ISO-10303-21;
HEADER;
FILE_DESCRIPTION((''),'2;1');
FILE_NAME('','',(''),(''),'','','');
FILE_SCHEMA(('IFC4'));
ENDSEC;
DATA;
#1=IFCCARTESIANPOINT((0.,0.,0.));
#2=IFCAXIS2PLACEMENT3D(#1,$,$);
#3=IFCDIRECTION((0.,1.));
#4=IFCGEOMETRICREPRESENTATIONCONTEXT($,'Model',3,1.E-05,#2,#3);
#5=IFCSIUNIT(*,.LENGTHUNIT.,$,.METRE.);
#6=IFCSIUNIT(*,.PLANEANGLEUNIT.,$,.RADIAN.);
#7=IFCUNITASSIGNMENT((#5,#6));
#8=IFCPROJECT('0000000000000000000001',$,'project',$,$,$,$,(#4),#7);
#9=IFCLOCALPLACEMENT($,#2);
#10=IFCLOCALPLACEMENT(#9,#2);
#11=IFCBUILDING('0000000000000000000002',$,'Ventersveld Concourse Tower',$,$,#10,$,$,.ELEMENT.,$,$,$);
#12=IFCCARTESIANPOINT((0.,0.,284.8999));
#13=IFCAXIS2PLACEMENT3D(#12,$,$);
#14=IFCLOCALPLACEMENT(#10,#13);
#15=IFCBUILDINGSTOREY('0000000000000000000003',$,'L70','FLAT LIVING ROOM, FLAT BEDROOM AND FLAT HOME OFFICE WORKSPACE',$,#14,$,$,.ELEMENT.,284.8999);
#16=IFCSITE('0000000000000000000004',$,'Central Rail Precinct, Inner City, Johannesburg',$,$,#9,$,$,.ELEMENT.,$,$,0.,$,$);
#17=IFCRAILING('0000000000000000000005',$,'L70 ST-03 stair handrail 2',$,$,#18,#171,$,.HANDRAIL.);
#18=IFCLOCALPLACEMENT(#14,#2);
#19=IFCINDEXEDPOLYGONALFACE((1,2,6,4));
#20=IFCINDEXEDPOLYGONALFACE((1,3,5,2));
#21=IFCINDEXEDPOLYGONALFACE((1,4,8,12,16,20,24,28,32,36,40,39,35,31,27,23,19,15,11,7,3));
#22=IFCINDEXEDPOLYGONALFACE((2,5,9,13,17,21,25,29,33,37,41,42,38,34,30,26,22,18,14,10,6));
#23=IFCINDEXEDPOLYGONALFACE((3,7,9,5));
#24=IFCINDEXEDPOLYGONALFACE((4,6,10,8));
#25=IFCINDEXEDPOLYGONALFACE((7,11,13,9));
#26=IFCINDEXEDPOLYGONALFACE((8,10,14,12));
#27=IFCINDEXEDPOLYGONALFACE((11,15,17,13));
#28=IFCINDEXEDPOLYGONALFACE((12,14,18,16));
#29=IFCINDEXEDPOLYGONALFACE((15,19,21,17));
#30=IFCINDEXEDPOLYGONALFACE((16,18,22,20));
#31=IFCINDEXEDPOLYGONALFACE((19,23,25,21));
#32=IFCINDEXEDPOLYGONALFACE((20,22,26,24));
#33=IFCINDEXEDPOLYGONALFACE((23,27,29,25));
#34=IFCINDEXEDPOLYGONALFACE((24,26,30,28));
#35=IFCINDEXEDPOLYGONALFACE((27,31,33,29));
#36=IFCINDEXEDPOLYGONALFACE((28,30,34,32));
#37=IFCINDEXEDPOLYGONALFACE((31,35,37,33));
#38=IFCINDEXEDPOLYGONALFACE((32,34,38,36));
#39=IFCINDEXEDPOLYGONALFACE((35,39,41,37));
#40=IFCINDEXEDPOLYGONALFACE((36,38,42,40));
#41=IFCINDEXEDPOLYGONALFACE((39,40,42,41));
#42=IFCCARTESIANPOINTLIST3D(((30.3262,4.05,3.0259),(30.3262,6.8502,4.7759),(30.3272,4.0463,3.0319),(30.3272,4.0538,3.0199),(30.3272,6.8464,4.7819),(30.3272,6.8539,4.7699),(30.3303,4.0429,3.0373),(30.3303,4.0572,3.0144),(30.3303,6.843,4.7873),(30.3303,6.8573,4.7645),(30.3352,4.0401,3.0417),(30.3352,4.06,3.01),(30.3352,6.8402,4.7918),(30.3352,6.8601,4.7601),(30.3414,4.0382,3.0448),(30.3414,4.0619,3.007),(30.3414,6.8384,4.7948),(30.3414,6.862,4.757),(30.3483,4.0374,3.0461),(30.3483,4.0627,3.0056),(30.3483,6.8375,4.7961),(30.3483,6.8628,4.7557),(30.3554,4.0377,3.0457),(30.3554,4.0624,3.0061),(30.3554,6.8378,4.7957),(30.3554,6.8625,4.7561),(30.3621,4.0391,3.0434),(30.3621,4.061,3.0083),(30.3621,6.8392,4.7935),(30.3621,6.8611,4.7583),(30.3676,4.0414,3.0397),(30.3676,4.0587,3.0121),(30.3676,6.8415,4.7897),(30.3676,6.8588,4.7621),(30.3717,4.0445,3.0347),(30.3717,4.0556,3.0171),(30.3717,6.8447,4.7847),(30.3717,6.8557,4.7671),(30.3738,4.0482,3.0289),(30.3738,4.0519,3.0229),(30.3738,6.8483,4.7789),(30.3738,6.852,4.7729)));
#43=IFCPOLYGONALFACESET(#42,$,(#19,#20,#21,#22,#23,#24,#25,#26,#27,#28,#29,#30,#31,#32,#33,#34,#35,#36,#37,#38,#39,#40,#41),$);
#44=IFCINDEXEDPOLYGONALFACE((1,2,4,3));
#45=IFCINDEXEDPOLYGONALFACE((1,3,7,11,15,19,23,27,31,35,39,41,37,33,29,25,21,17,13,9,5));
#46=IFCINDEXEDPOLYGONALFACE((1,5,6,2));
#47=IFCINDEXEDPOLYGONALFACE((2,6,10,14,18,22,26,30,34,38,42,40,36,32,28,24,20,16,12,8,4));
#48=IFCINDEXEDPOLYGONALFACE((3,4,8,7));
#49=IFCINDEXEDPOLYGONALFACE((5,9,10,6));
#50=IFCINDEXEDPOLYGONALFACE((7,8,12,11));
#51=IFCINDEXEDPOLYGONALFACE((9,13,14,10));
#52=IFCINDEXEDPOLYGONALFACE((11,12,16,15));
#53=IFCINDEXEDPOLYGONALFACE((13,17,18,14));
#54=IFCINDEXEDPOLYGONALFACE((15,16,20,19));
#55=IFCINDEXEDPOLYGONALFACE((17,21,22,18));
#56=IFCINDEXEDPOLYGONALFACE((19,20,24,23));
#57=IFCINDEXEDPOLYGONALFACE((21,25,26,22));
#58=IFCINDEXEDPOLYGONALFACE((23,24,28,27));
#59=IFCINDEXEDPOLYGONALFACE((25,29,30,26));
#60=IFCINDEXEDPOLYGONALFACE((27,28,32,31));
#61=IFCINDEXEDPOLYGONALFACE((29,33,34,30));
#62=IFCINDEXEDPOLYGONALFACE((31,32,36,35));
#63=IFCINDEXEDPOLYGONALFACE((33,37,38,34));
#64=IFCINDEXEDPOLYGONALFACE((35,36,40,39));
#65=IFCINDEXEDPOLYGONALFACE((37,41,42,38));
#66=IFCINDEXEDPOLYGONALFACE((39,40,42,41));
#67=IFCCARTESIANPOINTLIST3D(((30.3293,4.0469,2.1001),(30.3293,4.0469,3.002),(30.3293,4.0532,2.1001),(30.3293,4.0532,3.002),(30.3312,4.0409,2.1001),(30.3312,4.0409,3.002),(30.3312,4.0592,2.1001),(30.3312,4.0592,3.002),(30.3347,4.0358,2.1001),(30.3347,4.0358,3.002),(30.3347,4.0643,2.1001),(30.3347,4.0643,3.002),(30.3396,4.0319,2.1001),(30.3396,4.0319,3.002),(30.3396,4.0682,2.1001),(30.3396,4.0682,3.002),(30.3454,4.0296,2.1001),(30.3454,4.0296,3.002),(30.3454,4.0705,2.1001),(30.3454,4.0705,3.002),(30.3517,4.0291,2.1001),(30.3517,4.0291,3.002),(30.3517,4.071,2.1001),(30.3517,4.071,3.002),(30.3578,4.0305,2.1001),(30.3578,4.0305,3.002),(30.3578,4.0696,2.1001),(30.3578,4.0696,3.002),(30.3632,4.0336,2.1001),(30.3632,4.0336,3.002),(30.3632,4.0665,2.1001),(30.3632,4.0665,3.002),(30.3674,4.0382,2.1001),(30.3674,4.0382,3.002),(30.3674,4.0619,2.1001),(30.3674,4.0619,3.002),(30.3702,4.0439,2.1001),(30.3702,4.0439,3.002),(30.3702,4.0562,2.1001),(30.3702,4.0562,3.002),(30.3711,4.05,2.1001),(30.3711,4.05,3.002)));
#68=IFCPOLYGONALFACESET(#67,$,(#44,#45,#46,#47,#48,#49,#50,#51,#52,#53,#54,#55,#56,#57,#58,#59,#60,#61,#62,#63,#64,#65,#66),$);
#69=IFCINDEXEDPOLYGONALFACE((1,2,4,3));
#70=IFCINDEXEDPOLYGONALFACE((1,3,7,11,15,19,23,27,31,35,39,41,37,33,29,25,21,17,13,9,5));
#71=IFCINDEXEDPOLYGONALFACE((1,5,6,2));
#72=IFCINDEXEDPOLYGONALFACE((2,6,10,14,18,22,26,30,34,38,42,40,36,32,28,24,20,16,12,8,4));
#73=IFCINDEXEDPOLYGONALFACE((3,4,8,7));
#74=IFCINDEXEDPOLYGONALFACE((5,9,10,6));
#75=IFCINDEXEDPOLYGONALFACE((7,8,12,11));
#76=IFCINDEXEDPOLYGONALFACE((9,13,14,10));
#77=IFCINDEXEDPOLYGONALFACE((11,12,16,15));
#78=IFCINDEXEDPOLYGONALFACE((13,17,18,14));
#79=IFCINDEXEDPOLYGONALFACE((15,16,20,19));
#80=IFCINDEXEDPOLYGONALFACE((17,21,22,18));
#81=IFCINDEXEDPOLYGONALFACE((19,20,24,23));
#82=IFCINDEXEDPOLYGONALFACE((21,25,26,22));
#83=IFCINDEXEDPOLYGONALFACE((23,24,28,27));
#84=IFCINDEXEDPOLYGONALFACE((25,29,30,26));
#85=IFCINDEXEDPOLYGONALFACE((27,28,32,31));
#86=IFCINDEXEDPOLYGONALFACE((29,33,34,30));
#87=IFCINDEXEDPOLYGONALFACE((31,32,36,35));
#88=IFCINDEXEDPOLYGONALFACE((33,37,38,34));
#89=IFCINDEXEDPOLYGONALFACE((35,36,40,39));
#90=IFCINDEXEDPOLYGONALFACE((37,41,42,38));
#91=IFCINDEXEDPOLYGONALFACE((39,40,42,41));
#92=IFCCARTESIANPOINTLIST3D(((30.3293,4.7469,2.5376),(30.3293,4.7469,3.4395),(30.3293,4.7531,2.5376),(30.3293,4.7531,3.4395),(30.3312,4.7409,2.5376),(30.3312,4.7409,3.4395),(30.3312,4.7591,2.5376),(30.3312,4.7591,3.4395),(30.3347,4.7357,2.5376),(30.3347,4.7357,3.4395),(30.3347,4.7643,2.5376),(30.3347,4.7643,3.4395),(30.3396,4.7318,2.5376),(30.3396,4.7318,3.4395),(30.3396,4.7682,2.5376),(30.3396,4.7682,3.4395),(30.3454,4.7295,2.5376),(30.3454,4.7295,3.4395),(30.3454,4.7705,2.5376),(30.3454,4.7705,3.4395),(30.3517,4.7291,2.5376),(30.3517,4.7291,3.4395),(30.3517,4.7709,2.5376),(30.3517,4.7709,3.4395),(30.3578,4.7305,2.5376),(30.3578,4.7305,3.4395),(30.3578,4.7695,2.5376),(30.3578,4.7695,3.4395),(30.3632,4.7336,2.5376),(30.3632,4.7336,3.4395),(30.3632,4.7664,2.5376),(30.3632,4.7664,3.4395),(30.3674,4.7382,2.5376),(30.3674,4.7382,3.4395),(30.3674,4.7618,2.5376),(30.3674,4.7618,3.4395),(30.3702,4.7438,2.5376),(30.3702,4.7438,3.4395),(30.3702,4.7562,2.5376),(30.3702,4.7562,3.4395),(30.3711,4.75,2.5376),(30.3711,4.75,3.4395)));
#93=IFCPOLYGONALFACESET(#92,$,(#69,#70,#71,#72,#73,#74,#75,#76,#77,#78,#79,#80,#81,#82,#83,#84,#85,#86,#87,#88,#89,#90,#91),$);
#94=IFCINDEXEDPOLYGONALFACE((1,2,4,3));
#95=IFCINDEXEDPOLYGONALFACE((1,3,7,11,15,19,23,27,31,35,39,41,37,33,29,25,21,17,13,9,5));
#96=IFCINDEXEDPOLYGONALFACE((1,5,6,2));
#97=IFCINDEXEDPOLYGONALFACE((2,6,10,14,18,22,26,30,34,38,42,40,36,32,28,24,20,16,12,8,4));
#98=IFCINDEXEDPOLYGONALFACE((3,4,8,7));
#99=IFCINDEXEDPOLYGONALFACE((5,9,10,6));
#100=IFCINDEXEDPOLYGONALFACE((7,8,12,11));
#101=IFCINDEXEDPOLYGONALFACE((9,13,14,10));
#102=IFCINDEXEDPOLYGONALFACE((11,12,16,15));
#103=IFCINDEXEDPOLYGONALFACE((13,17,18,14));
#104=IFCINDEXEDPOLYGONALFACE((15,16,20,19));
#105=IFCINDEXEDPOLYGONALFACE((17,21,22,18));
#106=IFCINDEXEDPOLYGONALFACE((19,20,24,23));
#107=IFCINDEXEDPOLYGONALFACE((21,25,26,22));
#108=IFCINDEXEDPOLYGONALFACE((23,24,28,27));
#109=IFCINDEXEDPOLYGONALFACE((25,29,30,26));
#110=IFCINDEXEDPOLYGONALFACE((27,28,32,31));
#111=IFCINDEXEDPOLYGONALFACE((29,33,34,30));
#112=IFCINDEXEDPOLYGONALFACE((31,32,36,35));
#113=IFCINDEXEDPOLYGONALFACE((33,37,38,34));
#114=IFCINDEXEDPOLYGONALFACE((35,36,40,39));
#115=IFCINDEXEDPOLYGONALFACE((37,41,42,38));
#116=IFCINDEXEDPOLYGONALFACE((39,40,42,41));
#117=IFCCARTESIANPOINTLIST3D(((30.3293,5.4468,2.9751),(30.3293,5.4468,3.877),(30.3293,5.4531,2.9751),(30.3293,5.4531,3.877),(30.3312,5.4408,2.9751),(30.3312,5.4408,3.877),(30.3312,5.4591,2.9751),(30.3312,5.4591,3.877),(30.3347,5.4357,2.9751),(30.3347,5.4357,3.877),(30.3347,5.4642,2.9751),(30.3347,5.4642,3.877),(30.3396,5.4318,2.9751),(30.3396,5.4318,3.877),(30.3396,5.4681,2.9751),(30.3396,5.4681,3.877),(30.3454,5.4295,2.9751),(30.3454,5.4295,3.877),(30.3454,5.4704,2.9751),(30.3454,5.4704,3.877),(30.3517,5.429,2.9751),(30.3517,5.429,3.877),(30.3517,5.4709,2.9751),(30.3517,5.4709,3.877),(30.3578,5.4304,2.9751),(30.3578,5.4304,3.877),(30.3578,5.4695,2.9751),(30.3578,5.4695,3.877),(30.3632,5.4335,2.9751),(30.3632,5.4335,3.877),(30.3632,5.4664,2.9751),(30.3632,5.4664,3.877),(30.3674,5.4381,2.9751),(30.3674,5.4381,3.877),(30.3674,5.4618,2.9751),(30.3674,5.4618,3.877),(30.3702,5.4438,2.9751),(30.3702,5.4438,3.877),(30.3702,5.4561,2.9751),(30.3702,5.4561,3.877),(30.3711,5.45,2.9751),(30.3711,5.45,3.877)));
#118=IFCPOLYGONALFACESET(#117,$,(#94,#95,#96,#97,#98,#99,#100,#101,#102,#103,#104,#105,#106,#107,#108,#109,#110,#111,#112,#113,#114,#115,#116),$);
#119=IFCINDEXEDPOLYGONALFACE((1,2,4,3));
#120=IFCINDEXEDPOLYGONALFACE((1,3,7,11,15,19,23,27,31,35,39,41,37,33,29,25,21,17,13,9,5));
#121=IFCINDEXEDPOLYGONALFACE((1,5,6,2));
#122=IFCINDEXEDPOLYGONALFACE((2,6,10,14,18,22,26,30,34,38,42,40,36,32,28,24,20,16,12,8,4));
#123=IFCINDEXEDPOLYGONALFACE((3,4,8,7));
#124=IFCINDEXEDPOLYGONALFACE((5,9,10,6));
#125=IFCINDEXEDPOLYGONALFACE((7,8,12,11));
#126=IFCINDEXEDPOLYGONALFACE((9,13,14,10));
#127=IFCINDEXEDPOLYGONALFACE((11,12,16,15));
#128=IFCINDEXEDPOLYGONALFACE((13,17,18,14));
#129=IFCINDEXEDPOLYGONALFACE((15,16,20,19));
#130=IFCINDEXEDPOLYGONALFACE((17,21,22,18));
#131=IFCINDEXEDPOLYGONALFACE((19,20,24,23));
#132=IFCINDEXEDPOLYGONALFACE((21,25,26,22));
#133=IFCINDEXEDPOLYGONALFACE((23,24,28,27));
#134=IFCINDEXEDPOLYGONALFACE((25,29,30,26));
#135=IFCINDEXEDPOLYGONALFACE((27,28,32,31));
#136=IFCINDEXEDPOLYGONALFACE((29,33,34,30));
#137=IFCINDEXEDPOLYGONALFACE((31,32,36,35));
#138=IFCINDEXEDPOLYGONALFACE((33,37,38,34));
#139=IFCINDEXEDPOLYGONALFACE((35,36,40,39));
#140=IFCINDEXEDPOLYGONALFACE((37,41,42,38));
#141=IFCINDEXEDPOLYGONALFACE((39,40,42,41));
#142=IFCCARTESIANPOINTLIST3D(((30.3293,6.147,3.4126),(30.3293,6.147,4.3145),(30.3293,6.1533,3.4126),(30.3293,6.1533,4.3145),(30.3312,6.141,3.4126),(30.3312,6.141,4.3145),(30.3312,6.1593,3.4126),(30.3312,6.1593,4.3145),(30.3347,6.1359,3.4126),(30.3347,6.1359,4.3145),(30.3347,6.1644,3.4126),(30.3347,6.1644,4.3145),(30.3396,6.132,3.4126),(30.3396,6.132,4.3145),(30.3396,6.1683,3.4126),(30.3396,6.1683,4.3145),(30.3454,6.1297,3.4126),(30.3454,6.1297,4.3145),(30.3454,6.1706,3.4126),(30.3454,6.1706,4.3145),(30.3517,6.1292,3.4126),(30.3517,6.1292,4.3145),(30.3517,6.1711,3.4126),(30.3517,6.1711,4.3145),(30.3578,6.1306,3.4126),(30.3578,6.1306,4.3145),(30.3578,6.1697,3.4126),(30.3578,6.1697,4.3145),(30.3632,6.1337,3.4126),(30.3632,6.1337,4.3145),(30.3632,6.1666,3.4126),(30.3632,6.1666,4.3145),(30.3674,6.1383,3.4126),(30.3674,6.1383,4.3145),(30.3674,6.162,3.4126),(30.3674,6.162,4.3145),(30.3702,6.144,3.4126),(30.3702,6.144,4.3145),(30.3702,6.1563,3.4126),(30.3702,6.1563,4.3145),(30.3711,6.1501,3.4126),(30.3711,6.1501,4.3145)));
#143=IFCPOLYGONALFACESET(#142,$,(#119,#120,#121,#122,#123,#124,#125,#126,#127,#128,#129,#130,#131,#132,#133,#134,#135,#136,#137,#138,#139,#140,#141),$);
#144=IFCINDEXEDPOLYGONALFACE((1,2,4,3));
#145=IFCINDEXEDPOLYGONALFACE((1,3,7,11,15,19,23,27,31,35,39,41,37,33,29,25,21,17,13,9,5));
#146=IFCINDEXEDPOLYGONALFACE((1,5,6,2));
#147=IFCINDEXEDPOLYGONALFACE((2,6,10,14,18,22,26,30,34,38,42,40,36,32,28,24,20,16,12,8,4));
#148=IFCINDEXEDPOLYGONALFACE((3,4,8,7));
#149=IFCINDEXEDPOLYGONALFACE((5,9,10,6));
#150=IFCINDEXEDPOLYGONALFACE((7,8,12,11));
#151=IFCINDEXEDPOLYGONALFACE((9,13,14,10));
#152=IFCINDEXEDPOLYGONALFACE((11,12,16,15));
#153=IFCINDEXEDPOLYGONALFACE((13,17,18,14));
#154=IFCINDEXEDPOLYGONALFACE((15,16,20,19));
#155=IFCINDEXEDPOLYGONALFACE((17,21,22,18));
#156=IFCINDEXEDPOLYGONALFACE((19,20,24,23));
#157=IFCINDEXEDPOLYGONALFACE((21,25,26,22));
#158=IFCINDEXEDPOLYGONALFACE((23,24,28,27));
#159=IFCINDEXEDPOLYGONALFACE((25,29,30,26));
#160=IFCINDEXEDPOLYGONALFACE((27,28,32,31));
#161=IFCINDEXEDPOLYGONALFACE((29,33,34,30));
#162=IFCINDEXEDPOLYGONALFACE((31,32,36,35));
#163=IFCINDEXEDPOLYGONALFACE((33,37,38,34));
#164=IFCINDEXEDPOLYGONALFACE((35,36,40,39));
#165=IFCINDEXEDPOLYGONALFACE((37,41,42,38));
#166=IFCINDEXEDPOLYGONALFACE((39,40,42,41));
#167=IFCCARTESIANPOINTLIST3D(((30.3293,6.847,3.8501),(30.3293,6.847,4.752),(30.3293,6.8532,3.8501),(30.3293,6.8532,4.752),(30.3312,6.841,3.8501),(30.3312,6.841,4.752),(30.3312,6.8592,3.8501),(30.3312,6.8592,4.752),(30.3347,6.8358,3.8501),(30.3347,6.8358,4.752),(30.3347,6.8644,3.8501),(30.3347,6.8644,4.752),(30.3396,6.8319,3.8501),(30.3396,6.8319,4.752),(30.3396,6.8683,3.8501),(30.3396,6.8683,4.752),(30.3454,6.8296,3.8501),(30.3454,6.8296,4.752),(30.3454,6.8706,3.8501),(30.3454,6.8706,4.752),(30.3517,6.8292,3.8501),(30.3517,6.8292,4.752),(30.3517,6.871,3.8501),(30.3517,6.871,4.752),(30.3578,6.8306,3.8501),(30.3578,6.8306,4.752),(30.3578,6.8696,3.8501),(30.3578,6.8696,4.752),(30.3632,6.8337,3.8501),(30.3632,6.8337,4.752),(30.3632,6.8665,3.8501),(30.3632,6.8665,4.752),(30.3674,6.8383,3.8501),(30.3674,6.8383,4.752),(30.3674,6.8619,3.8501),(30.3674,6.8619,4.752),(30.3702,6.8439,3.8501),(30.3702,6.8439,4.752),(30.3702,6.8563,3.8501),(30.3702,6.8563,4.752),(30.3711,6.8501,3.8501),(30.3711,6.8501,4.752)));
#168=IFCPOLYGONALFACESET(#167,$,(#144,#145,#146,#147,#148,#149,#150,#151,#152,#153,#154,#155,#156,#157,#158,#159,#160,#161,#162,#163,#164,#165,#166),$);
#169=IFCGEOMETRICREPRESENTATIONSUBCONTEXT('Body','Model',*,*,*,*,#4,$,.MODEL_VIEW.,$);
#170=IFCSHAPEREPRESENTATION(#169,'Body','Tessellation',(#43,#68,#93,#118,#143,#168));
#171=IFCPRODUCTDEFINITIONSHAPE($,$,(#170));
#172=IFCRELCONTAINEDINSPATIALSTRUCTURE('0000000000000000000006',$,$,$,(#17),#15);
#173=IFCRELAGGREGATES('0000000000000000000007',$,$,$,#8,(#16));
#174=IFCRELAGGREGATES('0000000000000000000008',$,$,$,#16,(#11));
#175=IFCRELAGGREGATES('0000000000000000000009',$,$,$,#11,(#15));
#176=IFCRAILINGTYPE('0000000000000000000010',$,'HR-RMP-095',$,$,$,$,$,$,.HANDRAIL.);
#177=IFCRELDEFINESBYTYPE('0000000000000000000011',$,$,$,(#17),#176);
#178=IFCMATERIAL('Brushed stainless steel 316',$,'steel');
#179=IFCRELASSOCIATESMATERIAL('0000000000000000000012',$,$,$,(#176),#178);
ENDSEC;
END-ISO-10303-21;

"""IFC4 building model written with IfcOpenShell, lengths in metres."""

from ifc_helpers import new_model, si_unit, direction, frame, origin, origin_2d, place, context, subcontext, project, spatial, circle, extrude, material, type_object, element, save


model = new_model("IFC4")

# Units and contexts
model_context = context("Model", 3, precision=1e-05, world=origin(), true_north=direction((0.0, 1.0)))
body_context = subcontext(model_context, "Body", "Model", "MODEL_VIEW")
ifc_project = project(units=[si_unit("LENGTHUNIT", "METRE"), si_unit("PLANEANGLEUNIT", "RADIAN")], contexts=[model_context])

# Site, building, storey
site_placement = place(None, origin())
site = spatial("IfcSite", under=ifc_project, at=site_placement, Name="Central Rail Precinct, Inner City, Johannesburg", CompositionType="ELEMENT", RefElevation=0.0)
building_placement = place(site_placement, origin())
building = spatial("IfcBuilding", under=site, at=building_placement, Name="Ventersveld Concourse Tower", CompositionType="ELEMENT")
storey_placement = place(building_placement, frame((0.0, 0.0, 284.8999)))
storey = spatial("IfcBuildingStorey", under=building, at=storey_placement, Name="L70", Description="FLAT LIVING ROOM, FLAT BEDROOM AND FLAT HOME OFFICE WORKSPACE", CompositionType="ELEMENT", Elevation=284.8999)

# Shared definitions
ifc_material_1 = material(Name="Brushed stainless steel 316", Category="steel")

# Railing
railing_type_1 = type_object("IfcRailingType", Name="HR-RMP-095", PredefinedType="HANDRAIL", material=ifc_material_1)
railing_1_placement = place(storey_placement, frame((30.3501, 4.05, 2.1001)))
element("IfcRailing", 1, at=railing_1_placement, inside=storey, type_object=railing_type_1, Name="L70 ST-03 stair handrail 2", PredefinedType="HANDRAIL", context=body_context, shape_type="SweptSolid", body=[
    extrude(circle(Radius=0.0239, at=origin_2d()), frame((0.0, 0.0, 0.9258), z_axis=(0.0, 0.848002, 0.529992), x_axis=(-1.0, 0.0, 0.0)), (0.0, 0.0, 1.0), 3.302),
    extrude(circle(Radius=0.021, at=origin_2d()), origin(), (0.0, 0.0, 1.0), 0.9019),
    extrude(circle(Radius=0.021, at=origin_2d()), frame((0.0, 0.7, 0.4375)), (0.0, 0.0, 1.0), 0.9019),
    extrude(circle(Radius=0.021, at=origin_2d()), frame((0.0, 1.3999, 0.875)), (0.0, 0.0, 1.0), 0.9019),
    extrude(circle(Radius=0.021, at=origin_2d()), frame((0.0, 2.1001, 1.3125)), (0.0, 0.0, 1.0), 0.9019),
    extrude(circle(Radius=0.021, at=origin_2d()), frame((0.0, 2.8, 1.75)), (0.0, 0.0, 1.0), 0.9019),
])

save(model, "model.ifc")
